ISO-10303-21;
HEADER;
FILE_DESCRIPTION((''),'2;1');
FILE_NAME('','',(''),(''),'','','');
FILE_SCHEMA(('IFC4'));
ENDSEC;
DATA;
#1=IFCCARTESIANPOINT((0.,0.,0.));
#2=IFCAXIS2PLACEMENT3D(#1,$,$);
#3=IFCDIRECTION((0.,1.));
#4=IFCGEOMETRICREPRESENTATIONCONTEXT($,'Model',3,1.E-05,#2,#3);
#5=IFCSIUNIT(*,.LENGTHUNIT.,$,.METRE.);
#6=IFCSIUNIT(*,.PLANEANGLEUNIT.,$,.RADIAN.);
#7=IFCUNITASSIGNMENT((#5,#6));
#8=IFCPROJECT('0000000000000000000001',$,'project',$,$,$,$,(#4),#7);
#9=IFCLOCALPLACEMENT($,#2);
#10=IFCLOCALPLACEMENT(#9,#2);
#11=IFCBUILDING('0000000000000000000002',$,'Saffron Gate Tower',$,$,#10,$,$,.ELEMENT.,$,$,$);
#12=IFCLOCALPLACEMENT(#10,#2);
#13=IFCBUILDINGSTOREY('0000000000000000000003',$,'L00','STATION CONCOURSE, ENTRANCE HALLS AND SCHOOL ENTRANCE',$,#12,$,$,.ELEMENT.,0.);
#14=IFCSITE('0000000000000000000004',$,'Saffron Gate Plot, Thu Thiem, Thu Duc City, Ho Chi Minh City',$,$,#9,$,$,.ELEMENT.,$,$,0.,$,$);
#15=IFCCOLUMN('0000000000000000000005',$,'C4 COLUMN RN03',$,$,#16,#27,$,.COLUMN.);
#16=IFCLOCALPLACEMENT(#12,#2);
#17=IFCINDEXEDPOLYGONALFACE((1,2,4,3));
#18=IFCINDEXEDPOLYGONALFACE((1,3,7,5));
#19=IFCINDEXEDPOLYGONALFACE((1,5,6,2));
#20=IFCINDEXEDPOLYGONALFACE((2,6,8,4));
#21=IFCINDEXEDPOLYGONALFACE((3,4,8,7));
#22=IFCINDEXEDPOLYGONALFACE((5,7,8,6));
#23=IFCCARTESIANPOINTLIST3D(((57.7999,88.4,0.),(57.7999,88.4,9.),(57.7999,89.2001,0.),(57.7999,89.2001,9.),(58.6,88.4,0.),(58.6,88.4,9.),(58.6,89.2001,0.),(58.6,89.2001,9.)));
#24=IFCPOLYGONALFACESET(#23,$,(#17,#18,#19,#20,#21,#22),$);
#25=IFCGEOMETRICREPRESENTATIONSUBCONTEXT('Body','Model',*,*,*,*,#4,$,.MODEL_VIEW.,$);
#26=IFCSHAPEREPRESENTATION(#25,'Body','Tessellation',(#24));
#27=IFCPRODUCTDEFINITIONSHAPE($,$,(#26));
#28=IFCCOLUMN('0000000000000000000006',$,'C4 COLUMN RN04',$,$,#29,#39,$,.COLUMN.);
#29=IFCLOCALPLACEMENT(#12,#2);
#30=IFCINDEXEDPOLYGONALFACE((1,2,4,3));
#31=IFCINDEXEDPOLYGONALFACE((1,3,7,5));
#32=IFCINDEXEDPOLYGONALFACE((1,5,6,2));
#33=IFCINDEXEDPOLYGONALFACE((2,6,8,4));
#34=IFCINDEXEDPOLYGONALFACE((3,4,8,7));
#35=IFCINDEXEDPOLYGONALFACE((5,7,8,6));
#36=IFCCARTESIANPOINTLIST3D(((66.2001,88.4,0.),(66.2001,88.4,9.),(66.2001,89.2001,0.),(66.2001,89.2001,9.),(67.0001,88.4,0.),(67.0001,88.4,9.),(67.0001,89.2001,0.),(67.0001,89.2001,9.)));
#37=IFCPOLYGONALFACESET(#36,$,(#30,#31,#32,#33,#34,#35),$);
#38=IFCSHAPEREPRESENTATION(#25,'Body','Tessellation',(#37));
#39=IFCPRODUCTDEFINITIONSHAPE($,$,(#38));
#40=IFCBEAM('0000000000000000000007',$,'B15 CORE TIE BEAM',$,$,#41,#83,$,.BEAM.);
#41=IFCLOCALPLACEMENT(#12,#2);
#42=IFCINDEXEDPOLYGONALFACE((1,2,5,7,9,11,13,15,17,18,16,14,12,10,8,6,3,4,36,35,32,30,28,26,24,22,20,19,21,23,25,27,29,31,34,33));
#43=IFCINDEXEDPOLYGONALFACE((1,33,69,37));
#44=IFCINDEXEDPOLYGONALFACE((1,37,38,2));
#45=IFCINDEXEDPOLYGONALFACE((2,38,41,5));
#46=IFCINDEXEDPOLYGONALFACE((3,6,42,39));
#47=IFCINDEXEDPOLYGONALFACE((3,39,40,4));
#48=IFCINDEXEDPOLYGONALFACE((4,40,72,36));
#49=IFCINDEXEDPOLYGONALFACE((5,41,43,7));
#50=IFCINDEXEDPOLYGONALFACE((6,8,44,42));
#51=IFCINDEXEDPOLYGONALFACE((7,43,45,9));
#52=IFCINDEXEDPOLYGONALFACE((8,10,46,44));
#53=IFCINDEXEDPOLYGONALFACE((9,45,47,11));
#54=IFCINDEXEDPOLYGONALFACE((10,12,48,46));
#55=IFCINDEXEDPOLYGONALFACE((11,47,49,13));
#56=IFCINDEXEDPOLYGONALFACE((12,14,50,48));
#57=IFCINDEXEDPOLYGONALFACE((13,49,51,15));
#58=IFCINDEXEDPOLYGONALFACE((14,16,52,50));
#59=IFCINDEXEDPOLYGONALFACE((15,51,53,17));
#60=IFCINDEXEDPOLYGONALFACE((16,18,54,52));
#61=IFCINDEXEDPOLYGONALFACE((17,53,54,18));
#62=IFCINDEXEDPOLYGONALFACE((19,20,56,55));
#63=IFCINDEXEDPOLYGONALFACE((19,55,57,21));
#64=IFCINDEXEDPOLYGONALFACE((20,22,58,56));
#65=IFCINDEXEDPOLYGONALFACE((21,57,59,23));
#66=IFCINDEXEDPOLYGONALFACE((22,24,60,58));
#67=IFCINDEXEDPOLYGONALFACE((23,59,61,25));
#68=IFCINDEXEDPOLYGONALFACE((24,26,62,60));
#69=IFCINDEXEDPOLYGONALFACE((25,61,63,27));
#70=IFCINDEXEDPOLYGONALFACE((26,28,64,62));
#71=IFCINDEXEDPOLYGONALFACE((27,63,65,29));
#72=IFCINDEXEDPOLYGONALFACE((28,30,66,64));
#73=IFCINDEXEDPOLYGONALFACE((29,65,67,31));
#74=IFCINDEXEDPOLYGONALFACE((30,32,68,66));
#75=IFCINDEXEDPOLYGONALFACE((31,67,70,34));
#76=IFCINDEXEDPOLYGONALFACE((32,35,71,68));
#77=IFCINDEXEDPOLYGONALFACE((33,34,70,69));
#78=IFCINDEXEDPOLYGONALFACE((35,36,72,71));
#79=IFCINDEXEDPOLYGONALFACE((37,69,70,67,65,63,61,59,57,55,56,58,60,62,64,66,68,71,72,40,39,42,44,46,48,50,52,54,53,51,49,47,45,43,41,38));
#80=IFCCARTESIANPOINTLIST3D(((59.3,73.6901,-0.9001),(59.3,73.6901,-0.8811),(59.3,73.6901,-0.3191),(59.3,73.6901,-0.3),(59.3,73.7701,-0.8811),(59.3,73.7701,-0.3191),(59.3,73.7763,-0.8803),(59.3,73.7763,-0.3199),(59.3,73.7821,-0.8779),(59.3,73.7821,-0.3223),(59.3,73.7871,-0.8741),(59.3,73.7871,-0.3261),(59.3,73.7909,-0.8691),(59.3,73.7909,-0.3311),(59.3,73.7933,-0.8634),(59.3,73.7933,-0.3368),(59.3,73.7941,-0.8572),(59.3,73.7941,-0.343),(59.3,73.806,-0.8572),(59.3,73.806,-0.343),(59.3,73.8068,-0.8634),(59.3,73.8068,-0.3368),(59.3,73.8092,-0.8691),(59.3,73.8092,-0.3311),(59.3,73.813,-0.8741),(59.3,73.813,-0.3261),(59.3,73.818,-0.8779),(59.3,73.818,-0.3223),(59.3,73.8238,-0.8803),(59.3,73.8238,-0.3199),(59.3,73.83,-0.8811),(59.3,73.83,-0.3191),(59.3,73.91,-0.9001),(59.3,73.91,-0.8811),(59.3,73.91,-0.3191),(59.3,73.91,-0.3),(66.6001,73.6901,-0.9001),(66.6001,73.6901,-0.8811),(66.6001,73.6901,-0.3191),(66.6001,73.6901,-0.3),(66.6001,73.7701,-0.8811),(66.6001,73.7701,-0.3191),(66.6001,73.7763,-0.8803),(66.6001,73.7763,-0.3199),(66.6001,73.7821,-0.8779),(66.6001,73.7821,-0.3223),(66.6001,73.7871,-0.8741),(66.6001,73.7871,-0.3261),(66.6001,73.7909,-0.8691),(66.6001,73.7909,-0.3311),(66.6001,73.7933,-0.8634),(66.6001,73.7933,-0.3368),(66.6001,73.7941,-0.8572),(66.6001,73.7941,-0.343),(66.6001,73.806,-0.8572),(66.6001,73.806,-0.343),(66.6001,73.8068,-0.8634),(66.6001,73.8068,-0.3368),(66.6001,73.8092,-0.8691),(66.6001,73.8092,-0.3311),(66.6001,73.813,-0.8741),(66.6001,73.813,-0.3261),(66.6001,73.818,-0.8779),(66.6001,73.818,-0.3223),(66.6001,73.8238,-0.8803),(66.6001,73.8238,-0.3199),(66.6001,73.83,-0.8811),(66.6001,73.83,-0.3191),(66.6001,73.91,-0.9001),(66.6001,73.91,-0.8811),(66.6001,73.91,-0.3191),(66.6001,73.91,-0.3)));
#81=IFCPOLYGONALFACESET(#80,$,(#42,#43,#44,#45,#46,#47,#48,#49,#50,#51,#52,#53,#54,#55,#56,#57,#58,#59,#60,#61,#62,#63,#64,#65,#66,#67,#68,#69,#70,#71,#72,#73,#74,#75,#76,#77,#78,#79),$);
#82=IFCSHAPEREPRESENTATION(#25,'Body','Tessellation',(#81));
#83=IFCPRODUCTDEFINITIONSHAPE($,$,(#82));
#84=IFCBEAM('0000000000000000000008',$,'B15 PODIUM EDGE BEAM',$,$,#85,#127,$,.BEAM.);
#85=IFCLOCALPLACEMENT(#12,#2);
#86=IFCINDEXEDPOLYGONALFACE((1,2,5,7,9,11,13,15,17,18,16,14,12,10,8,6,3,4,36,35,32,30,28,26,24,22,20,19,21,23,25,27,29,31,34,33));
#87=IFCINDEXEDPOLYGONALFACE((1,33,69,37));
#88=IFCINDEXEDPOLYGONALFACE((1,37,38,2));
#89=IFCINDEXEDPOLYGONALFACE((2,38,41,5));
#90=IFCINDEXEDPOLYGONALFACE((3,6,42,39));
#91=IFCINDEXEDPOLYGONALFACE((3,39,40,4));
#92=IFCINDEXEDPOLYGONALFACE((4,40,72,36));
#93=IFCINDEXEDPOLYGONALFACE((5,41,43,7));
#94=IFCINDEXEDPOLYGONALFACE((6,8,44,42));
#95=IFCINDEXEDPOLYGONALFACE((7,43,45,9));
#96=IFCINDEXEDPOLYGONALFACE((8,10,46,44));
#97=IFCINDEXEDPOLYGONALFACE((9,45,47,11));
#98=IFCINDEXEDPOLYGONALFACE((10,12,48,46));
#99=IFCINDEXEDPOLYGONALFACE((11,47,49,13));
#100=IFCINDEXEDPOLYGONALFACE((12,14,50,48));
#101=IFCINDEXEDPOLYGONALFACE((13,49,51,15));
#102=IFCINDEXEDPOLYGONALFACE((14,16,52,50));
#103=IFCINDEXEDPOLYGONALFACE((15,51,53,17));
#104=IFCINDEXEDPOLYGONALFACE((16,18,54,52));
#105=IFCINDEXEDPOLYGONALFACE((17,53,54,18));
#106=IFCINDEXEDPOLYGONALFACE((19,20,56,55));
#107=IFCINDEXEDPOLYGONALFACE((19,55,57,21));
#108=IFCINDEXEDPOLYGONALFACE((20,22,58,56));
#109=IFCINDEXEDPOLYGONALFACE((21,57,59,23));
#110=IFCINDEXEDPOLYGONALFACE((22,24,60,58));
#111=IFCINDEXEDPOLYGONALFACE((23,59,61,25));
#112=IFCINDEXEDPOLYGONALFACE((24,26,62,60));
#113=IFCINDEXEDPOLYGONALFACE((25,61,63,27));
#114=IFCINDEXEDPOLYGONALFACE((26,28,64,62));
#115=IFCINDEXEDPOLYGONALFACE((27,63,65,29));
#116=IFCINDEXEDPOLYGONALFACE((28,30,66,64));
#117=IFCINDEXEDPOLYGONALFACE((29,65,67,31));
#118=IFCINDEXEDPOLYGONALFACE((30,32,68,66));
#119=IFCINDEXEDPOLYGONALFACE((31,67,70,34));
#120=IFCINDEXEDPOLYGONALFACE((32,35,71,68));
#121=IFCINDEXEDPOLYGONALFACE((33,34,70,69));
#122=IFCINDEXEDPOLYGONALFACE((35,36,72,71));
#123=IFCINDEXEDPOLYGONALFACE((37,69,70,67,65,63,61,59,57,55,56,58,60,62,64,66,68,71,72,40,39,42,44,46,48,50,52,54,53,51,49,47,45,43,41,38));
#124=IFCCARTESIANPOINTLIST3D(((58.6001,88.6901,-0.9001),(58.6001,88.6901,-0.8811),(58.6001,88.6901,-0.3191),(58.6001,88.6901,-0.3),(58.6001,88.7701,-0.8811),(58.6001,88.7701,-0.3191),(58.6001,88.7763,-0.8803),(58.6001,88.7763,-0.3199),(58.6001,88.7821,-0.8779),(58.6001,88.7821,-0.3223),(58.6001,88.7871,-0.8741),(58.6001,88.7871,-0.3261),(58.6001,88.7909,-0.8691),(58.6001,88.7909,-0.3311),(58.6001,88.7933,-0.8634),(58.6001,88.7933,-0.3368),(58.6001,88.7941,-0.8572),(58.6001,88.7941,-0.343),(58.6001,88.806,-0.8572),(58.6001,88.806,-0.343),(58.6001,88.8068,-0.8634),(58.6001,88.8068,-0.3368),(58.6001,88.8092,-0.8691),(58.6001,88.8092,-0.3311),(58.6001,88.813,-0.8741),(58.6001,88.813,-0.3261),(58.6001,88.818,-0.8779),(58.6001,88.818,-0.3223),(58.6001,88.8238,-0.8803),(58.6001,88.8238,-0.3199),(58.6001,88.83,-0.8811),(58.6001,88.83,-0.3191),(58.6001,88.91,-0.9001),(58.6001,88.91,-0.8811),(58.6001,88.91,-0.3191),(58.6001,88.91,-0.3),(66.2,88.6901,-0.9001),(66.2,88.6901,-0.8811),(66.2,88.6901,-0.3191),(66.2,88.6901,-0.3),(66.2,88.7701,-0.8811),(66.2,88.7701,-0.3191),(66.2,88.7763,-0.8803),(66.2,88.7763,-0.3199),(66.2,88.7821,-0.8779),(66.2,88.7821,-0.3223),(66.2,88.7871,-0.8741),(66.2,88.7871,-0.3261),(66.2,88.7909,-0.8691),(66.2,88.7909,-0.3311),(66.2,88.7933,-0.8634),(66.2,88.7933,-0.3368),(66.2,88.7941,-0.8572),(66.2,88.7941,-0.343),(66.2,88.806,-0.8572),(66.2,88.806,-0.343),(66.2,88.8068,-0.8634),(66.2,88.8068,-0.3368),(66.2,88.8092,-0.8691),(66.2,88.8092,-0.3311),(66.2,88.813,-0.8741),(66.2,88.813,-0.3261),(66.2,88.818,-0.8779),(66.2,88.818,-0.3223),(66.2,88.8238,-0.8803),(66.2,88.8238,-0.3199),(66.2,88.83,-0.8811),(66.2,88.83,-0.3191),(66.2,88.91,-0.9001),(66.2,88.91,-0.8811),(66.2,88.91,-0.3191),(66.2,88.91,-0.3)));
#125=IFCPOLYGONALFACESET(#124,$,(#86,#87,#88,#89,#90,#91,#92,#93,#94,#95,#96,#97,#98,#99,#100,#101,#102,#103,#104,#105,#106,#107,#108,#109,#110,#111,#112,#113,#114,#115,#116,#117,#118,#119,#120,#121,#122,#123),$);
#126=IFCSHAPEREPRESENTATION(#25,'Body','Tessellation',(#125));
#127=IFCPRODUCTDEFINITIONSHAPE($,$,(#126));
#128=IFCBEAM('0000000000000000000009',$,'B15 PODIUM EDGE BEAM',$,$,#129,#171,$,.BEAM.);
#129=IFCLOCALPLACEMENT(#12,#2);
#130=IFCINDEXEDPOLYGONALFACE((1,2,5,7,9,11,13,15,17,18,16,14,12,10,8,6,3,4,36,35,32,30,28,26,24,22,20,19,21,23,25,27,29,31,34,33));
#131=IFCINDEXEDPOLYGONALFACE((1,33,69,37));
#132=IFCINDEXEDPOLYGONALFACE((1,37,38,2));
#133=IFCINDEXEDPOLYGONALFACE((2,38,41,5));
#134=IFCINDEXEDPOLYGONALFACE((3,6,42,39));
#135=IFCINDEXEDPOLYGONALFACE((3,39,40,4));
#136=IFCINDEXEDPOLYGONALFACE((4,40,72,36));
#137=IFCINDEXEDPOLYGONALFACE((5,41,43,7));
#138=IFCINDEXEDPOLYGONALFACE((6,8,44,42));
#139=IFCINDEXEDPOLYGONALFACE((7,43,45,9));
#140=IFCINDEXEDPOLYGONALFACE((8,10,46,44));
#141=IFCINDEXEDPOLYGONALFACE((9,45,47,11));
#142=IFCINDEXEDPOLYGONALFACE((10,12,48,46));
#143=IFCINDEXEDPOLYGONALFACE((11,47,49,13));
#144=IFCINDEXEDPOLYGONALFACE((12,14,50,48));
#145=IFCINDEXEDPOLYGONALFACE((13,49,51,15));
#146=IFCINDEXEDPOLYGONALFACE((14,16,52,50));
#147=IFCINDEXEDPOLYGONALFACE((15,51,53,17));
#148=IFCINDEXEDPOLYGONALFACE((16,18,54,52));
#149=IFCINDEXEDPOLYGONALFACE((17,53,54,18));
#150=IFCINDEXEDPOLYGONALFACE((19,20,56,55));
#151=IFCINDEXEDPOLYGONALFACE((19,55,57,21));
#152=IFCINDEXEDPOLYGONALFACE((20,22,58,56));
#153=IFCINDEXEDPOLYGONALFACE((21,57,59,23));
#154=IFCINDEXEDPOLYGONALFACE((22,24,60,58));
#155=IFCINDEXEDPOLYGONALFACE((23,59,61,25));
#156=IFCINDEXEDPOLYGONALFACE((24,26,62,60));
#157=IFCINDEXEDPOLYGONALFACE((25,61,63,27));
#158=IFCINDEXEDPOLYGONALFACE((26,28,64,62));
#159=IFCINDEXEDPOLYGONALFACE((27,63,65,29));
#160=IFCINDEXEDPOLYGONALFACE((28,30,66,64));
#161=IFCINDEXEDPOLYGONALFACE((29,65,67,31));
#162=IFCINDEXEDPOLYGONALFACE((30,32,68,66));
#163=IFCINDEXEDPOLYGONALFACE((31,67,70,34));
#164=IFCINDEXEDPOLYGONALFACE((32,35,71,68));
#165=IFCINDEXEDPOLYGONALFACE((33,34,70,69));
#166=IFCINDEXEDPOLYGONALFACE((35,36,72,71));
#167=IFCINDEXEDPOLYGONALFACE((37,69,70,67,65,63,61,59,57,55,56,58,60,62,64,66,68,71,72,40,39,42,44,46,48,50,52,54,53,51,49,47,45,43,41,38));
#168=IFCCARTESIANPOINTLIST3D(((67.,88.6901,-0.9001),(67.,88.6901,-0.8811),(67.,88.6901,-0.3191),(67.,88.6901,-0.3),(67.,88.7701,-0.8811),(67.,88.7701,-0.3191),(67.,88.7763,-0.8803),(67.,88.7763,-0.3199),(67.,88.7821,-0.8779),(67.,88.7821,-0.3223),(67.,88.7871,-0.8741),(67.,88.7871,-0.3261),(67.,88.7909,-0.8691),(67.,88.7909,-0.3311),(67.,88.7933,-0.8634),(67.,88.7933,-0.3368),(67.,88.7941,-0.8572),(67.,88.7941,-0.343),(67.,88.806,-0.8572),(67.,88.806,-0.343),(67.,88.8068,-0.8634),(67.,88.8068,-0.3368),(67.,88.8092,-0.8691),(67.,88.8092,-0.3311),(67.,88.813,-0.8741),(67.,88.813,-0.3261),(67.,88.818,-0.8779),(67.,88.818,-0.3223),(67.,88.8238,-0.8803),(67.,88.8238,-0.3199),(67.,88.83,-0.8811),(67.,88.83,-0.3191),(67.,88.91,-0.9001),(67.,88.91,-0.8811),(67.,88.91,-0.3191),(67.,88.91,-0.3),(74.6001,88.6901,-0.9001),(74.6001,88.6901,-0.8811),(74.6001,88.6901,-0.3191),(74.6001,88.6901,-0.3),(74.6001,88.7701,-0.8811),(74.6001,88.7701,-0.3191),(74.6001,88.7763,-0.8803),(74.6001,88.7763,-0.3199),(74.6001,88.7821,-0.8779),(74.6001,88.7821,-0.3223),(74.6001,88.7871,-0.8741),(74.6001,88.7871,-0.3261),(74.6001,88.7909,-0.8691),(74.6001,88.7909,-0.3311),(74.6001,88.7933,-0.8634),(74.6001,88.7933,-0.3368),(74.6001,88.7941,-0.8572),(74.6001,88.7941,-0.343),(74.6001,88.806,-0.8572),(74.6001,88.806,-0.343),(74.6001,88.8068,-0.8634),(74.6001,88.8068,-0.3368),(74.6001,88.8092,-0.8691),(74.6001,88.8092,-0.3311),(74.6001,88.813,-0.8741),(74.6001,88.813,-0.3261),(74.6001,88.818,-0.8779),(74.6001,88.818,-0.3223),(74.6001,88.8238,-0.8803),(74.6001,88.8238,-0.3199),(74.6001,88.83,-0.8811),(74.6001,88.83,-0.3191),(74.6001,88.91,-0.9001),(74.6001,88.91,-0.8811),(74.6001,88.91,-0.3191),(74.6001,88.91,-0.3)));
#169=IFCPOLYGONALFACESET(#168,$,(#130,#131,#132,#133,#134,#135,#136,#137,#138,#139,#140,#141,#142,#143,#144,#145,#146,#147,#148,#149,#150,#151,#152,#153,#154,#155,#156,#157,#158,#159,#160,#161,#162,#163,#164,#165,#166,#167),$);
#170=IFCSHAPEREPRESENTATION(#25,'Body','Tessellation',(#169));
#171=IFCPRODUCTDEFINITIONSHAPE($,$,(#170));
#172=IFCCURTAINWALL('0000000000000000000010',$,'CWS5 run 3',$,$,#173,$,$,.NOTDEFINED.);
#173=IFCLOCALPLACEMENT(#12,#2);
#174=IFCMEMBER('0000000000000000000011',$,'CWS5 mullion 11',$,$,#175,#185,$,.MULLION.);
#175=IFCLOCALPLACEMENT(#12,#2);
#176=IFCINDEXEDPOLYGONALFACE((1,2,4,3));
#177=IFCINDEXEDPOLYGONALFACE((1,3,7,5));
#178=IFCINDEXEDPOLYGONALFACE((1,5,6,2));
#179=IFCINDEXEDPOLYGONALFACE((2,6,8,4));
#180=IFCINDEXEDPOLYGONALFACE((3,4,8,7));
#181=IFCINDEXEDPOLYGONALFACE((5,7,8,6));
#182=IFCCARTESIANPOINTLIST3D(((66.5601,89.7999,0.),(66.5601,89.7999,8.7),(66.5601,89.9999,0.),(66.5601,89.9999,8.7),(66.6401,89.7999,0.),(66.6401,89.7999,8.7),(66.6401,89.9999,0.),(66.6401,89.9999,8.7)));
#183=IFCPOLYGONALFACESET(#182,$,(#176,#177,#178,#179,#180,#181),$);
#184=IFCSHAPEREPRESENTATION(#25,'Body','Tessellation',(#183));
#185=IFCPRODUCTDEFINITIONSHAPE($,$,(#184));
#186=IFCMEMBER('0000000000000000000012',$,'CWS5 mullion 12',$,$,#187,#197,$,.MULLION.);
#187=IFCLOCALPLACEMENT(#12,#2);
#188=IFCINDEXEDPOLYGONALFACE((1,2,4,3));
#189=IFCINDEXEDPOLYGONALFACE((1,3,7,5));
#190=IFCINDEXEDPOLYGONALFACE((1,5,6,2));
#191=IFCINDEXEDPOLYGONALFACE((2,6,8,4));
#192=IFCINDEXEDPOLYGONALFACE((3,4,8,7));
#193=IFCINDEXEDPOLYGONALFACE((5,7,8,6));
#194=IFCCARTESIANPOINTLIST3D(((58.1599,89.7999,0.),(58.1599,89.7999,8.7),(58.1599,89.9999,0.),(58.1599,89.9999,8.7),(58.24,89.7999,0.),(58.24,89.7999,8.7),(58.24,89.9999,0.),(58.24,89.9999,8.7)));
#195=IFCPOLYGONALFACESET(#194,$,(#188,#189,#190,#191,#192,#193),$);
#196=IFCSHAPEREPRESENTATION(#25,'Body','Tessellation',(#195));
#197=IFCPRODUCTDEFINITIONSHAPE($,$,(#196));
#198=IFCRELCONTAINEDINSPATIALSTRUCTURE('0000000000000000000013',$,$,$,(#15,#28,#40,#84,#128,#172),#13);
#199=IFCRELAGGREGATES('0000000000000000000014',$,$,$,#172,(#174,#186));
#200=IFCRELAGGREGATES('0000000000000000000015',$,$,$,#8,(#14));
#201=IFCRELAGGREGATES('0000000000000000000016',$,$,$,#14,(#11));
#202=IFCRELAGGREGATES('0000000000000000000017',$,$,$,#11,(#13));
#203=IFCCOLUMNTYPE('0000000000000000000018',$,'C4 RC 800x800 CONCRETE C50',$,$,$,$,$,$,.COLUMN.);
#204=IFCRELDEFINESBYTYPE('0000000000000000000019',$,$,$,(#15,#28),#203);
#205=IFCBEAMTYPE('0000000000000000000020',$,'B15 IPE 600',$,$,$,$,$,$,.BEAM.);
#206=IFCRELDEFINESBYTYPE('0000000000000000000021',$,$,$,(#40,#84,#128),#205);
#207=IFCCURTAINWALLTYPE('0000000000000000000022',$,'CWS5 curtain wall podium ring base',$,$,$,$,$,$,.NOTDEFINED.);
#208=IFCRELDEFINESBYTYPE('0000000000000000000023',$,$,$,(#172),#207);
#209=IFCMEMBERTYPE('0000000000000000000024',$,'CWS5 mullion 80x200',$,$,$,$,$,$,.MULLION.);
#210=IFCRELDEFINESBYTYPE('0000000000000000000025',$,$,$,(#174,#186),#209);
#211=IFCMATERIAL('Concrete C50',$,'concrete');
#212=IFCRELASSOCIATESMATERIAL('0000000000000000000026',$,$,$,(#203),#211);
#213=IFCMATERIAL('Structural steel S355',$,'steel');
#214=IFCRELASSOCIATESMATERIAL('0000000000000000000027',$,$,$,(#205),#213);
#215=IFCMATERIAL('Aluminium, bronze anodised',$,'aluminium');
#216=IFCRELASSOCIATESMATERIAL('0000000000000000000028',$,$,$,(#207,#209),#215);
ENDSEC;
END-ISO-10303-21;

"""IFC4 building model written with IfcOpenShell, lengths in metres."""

from ifc_helpers import new_model, si_unit, direction, frame, origin, origin_2d, place, context, subcontext, project, spatial, rectangle, i_section, extrude, material, material_profile, profile_set, type_object, element, aggregate, save


model = new_model("IFC4")

# Units and contexts
model_context = context("Model", 3, precision=1e-05, world=origin(), true_north=direction((0.0, 1.0)))
body_context = subcontext(model_context, "Body", "Model", "MODEL_VIEW")
ifc_project = project(units=[si_unit("LENGTHUNIT", "METRE"), si_unit("PLANEANGLEUNIT", "RADIAN")], contexts=[model_context])

# Site, building, storey
site_placement = place(None, origin())
site = spatial("IfcSite", under=ifc_project, at=site_placement, Name="Saffron Gate Plot, Thu Thiem, Thu Duc City, Ho Chi Minh City", CompositionType="ELEMENT", RefElevation=0.0)
building_placement = place(site_placement, origin())
building = spatial("IfcBuilding", under=site, at=building_placement, Name="Saffron Gate Tower", CompositionType="ELEMENT")
storey_placement = place(building_placement, origin())
storey = spatial("IfcBuildingStorey", under=building, at=storey_placement, Name="L00", Description="STATION CONCOURSE, ENTRANCE HALLS AND SCHOOL ENTRANCE", CompositionType="ELEMENT", Elevation=0.0)

# Columns
ifc_material_1 = material(Name="Concrete C50", Category="concrete")
ifc_material_profile_1 = material_profile(ifc_material_1, rectangle(XDim=0.8, YDim=0.8, at=origin_2d()))
ifc_profile_set_1 = profile_set([ifc_material_profile_1], Name="Concrete C50")
column_type = type_object("IfcColumnType", Name="C4 RC 800x800 CONCRETE C50", PredefinedType="COLUMN", material=ifc_profile_set_1)
for number, where, z_axis, x_axis, name in (
    (1, (58.2, 88.8, 0.0), (0.0, 0.0, 1.0), (1.0, 0.0, 0.0), "C4 COLUMN RN03"),
    (2, (66.6001, 88.8, 0.0), (0.0, 0.0, 1.0), (1.0, 0.0, 0.0), "C4 COLUMN RN04"),
):
    element("IfcColumn", number, at=place(storey_placement, frame(where, z_axis=z_axis, x_axis=x_axis)), inside=storey, type_object=column_type, Name=name, PredefinedType="COLUMN", context=body_context, shape_type="SweptSolid", body=[
        extrude(rectangle(XDim=0.8, YDim=0.8, at=origin_2d()), origin(), (0.0, 0.0, 1.0), 9.0),
    ])

# Beams
ifc_material_2 = material(Name="Structural steel S355", Category="steel")
ifc_material_profile_2 = material_profile(ifc_material_2, i_section(OverallWidth=0.22, OverallDepth=0.6001, WebThickness=0.012, FlangeThickness=0.019, FilletRadius=0.0239, at=origin_2d()))
ifc_profile_set_2 = profile_set([ifc_material_profile_2], Name="Structural steel S355")
beam_type = type_object("IfcBeamType", Name="B15 IPE 600", PredefinedType="BEAM", material=ifc_profile_set_2)
beam_1_placement = place(storey_placement, frame((59.3, 73.8, -0.6001), z_axis=(1.0, 0.0, 0.0), x_axis=(0.0, 1.0, 0.0)))
element("IfcBeam", 3, at=beam_1_placement, inside=storey, type_object=beam_type, Name="B15 CORE TIE BEAM", PredefinedType="BEAM", context=body_context, shape_type="SweptSolid", body=[
    extrude(i_section(OverallWidth=0.22, OverallDepth=0.6001, WebThickness=0.012, FlangeThickness=0.019, FilletRadius=0.0239, at=origin_2d()), origin(), (0.0, 0.0, 1.0), 7.3),
])
beam_2_placement = place(storey_placement, frame((58.6001, 88.8, -0.6001), z_axis=(1.0, 0.0, 0.0), x_axis=(0.0, 1.0, 0.0)))
element("IfcBeam", 4, at=beam_2_placement, inside=storey, type_object=beam_type, Name="B15 PODIUM EDGE BEAM", PredefinedType="BEAM", context=body_context, shape_type="SweptSolid", body=[
    extrude(i_section(OverallWidth=0.22, OverallDepth=0.6001, WebThickness=0.012, FlangeThickness=0.019, FilletRadius=0.0239, at=origin_2d()), origin(), (0.0, 0.0, 1.0), 7.5999),
])
beam_3_placement = place(storey_placement, frame((67.0, 88.8, -0.6001), z_axis=(1.0, 0.0, 0.0), x_axis=(0.0, 1.0, 0.0)))
element("IfcBeam", 5, at=beam_3_placement, inside=storey, type_object=beam_type, Name="B15 PODIUM EDGE BEAM", PredefinedType="BEAM", context=body_context, shape_type="SweptSolid", body=[
    extrude(i_section(OverallWidth=0.22, OverallDepth=0.6001, WebThickness=0.012, FlangeThickness=0.019, FilletRadius=0.0239, at=origin_2d()), origin(), (0.0, 0.0, 1.0), 7.6001),
])

# Curtain wall, members
ifc_material_3 = material(Name="Aluminium, bronze anodised", Category="aluminium")
curtain_wall_type = type_object("IfcCurtainWallType", Name="CWS5 curtain wall podium ring base", PredefinedType="NOTDEFINED", material=ifc_material_3)
curtain_wall_placement = place(storey_placement, origin())
curtain_wall = element("IfcCurtainWall", 6, at=curtain_wall_placement, inside=storey, type_object=curtain_wall_type, Name="CWS5 run 3", PredefinedType="NOTDEFINED")
ifc_material_profile_3 = material_profile(ifc_material_3, rectangle(XDim=0.2, YDim=0.0801, at=origin_2d()))
ifc_profile_set_3 = profile_set([ifc_material_profile_3], Name="Aluminium, bronze anodised")
member_type = type_object("IfcMemberType", Name="CWS5 mullion 80x200", PredefinedType="MULLION", material=ifc_profile_set_3)
member_1_placement = place(storey_placement, frame((66.6001, 89.8999, 0.0), z_axis=(0.0, 0.0, 1.0), x_axis=(0.0, -1.0, 0.0)))
member_1 = element("IfcMember", 7, at=member_1_placement, type_object=member_type, Name="CWS5 mullion 11", PredefinedType="MULLION", context=body_context, shape_type="SweptSolid", body=[
    extrude(rectangle(XDim=0.2, YDim=0.0801, at=origin_2d()), origin(), (0.0, 0.0, 1.0), 8.7),
])
member_2_placement = place(storey_placement, frame((58.2, 89.8999, 0.0), z_axis=(0.0, 0.0, 1.0), x_axis=(0.0, -1.0, 0.0)))
member_2 = element("IfcMember", 8, at=member_2_placement, type_object=member_type, Name="CWS5 mullion 12", PredefinedType="MULLION", context=body_context, shape_type="SweptSolid", body=[
    extrude(rectangle(XDim=0.2, YDim=0.0801, at=origin_2d()), origin(), (0.0, 0.0, 1.0), 8.7),
])
aggregate(curtain_wall, [member_1, member_2])

save(model, "model.ifc")
